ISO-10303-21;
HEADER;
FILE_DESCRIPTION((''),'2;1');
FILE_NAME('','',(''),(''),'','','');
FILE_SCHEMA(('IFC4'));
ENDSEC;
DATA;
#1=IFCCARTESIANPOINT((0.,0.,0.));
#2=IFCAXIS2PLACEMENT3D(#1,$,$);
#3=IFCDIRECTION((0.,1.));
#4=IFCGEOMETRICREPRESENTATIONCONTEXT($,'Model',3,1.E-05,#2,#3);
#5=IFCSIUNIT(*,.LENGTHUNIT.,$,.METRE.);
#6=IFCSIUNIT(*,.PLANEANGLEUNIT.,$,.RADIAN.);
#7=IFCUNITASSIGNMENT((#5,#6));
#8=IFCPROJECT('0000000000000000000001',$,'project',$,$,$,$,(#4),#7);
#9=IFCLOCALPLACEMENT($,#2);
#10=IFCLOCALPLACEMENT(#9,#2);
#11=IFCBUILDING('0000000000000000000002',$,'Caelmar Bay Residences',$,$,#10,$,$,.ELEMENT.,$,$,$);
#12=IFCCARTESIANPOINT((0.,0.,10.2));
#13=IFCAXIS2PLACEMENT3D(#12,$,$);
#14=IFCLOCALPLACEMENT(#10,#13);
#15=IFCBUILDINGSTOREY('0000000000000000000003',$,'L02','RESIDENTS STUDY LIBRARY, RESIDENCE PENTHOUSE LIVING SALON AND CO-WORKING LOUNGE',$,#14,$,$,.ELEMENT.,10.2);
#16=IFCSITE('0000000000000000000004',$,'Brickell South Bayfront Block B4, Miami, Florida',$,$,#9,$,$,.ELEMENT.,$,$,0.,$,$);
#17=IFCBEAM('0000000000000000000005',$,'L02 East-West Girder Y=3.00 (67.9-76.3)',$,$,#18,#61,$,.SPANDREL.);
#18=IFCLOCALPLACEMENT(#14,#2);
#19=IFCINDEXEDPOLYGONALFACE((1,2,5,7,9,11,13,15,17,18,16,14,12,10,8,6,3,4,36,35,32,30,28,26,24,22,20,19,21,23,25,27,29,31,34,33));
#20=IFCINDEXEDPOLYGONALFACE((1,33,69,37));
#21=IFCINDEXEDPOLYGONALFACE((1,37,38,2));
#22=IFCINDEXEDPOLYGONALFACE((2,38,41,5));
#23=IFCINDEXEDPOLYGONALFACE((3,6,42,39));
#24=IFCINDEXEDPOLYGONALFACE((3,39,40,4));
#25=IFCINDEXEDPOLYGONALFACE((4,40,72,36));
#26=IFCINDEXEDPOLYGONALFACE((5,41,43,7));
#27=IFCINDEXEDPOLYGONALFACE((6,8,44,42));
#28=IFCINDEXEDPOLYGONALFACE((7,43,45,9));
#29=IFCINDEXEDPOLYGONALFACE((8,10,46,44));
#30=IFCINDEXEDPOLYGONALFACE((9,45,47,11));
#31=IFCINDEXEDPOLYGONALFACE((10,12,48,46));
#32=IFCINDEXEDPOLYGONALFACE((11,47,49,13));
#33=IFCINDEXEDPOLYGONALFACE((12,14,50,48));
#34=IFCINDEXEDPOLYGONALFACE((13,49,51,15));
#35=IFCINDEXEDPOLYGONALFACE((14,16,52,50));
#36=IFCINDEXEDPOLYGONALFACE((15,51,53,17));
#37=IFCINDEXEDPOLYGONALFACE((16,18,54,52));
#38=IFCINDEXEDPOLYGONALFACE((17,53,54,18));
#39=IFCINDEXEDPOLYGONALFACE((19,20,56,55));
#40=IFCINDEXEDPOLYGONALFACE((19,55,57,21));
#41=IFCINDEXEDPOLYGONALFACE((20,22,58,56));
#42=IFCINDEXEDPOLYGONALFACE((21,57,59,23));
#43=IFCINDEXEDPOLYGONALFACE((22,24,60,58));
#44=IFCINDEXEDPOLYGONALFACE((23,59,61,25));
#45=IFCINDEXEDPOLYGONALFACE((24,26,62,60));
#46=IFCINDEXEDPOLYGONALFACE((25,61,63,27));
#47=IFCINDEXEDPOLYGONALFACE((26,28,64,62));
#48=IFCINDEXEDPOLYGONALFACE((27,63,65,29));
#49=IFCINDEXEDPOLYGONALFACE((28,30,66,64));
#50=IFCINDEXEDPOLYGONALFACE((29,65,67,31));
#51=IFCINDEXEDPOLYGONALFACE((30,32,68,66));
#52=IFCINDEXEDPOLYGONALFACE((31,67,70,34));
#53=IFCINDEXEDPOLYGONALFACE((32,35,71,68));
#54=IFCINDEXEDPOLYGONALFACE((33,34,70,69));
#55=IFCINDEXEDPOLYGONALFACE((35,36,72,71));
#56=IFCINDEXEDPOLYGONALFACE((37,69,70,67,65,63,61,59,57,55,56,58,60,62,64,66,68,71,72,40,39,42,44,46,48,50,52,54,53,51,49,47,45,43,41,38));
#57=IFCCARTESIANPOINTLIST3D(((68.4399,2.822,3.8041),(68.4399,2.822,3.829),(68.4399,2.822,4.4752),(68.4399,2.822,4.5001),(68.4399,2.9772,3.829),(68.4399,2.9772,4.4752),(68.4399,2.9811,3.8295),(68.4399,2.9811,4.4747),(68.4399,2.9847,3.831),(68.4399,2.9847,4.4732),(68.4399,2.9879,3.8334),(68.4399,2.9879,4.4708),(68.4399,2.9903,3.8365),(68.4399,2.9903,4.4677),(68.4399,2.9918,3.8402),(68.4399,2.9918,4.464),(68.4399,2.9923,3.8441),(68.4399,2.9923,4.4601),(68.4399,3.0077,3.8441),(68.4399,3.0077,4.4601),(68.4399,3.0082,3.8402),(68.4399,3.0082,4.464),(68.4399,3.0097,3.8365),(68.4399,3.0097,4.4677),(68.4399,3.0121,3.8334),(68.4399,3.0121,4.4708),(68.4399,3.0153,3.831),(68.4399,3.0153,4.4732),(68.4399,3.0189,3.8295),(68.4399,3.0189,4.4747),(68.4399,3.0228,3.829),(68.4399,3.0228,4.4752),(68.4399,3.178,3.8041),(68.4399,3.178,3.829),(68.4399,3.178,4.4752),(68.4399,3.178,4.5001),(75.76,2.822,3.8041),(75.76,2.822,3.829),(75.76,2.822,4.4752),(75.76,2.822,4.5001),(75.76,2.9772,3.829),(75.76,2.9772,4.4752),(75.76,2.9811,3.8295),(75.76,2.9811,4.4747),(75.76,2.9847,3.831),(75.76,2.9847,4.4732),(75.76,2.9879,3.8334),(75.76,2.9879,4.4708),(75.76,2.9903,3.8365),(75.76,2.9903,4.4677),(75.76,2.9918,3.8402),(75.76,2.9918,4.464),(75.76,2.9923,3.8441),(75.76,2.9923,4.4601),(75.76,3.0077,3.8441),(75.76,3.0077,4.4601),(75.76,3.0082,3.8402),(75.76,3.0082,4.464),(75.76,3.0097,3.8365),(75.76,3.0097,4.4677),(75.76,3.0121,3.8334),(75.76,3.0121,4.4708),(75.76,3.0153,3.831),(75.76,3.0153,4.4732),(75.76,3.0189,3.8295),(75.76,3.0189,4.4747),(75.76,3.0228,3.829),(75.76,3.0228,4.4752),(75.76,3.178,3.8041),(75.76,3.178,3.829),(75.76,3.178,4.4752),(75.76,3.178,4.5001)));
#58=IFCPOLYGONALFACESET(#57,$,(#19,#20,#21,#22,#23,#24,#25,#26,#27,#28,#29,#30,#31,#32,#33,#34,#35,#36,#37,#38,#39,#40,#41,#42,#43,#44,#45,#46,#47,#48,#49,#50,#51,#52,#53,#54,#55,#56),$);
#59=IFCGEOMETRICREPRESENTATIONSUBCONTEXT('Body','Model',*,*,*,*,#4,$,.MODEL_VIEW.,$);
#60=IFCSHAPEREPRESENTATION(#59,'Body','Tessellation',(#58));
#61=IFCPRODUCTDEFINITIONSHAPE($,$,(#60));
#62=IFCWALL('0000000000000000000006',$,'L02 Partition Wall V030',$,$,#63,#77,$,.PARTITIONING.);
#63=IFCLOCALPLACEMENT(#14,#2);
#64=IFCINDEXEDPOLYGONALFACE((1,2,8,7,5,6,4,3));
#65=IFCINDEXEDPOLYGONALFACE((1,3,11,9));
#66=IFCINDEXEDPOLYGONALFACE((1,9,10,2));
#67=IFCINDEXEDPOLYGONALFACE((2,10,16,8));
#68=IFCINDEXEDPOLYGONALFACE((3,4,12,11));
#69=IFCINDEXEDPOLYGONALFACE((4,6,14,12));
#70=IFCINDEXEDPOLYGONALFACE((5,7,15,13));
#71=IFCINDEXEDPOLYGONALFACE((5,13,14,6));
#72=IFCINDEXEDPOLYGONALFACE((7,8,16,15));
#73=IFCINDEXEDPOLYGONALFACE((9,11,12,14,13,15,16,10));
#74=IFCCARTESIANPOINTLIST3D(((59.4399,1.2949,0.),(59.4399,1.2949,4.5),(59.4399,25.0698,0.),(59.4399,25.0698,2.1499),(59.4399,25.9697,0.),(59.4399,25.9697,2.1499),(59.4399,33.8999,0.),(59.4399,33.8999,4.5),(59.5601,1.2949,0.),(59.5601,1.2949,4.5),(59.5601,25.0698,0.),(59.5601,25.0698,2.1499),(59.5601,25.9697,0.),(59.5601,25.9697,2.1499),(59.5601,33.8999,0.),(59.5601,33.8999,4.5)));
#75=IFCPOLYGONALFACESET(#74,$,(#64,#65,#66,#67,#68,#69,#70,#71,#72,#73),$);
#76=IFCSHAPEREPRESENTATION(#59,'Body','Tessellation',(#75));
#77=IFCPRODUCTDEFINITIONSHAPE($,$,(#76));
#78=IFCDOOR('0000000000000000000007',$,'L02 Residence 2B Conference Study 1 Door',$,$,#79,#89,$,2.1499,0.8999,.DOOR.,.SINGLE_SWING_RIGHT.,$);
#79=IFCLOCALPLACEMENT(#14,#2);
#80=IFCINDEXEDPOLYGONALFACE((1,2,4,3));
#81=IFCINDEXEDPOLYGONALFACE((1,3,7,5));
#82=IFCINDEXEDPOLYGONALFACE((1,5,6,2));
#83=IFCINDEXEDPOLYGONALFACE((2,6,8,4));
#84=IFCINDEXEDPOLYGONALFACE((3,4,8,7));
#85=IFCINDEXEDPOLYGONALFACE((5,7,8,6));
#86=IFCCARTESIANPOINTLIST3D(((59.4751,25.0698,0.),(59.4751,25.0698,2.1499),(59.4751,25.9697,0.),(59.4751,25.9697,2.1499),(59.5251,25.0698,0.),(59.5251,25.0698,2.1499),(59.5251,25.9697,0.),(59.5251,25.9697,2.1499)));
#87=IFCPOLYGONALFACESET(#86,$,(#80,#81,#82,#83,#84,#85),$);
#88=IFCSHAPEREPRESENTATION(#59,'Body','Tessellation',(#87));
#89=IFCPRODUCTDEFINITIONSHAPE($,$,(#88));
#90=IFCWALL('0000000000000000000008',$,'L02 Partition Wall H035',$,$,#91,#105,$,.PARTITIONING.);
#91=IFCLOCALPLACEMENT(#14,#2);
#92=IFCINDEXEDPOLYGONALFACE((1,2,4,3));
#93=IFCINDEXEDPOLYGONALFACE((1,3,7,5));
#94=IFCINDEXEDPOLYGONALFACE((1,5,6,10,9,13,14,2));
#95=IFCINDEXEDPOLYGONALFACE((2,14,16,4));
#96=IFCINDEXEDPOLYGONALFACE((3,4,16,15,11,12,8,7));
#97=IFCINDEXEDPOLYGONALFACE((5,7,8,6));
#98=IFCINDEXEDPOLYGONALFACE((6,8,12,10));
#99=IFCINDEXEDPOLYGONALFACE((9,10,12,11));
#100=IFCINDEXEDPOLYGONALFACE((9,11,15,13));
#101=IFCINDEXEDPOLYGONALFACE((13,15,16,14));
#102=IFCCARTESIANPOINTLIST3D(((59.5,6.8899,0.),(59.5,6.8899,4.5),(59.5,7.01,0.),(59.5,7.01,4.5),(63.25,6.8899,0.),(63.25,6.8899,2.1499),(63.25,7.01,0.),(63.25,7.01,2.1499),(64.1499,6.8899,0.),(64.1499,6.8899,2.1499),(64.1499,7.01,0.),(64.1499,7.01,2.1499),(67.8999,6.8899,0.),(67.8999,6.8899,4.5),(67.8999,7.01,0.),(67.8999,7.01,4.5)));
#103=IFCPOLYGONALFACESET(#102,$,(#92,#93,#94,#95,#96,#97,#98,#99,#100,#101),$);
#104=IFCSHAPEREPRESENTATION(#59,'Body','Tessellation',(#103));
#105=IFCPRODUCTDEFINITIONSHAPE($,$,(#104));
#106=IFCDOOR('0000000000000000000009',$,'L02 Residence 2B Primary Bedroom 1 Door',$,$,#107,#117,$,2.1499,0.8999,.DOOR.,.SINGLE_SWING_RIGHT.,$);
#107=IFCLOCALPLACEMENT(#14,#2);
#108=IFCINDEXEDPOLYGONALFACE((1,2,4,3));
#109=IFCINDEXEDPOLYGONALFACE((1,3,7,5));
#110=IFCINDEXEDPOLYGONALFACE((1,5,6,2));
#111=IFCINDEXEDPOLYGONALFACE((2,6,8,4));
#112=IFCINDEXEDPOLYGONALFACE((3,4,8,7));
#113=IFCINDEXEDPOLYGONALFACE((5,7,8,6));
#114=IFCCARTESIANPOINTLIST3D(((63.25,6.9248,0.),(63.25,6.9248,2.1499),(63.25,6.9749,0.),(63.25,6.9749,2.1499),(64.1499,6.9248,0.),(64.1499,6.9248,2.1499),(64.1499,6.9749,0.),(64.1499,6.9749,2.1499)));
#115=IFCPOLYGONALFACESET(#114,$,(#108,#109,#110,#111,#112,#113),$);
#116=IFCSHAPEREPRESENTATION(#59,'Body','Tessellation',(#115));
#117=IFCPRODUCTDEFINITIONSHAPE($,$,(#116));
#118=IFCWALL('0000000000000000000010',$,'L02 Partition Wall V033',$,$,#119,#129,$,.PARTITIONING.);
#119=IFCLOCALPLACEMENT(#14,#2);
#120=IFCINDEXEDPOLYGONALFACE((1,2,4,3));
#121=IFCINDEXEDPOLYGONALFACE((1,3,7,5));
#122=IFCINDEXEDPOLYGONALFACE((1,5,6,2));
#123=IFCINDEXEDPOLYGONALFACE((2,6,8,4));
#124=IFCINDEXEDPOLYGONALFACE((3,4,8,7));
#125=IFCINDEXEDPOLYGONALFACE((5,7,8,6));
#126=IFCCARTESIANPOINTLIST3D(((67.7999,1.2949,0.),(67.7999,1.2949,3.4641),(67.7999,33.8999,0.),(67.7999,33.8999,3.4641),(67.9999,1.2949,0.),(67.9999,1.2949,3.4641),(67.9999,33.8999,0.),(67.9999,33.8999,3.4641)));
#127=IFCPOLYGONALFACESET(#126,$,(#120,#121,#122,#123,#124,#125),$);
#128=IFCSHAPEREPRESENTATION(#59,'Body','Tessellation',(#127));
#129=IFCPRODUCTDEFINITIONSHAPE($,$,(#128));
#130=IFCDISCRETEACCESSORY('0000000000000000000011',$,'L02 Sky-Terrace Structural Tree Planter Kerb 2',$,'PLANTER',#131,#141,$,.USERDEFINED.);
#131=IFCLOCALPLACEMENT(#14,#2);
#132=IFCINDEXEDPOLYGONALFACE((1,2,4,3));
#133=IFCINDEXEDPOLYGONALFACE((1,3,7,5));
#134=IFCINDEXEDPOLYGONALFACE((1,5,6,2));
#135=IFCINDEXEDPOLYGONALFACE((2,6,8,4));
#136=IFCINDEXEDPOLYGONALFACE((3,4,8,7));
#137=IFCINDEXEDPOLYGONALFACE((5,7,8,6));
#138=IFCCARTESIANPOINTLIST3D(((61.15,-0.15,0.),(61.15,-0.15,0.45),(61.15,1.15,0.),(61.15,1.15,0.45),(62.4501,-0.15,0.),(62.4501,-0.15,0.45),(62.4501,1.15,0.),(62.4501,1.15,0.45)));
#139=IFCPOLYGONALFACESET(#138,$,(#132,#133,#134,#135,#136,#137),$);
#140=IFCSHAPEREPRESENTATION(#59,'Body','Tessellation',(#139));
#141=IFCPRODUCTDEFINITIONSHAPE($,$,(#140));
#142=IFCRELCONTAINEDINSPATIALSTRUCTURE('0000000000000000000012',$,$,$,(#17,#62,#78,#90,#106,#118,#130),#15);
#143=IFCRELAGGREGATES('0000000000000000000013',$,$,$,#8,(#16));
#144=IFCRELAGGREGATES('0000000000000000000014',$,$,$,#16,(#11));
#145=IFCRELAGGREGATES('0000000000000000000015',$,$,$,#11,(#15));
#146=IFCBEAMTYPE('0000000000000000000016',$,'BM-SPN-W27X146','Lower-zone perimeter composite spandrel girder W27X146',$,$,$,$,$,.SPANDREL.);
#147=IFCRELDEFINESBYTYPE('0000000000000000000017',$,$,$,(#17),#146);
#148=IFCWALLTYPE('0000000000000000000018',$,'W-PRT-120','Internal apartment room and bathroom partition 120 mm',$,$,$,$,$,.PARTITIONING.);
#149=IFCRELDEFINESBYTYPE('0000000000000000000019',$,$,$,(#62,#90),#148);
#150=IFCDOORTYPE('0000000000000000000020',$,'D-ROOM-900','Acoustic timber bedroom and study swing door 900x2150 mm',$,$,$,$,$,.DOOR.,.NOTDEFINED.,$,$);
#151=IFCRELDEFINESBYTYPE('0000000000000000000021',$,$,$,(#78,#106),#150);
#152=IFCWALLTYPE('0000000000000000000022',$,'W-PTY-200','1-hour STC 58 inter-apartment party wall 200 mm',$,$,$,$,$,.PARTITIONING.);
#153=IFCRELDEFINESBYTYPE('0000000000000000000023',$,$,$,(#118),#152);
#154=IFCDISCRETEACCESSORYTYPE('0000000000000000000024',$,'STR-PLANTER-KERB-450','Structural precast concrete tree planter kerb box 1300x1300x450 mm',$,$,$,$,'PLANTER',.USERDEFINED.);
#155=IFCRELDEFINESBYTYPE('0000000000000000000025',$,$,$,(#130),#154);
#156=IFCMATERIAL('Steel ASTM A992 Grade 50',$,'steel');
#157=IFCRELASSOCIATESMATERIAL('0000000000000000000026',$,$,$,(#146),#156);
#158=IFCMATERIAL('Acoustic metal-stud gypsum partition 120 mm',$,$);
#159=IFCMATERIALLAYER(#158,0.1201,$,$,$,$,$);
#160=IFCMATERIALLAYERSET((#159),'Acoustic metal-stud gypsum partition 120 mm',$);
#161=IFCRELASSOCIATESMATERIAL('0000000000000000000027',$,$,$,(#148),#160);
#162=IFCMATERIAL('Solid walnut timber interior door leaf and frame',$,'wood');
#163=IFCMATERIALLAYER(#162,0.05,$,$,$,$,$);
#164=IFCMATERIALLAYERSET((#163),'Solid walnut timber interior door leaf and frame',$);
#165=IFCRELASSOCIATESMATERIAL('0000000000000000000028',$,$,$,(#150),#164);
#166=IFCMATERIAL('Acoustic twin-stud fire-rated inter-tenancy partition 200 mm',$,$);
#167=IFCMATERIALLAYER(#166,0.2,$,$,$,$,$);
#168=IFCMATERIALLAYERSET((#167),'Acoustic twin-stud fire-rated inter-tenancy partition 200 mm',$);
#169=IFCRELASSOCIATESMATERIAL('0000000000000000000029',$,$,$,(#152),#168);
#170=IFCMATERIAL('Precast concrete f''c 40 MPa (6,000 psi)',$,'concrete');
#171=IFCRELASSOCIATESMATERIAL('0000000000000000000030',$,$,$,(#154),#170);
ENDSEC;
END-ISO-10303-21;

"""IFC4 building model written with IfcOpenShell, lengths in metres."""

from ifc_helpers import new_model, si_unit, direction, frame, frame_2d, origin, origin_2d, place, context, subcontext, project, spatial, rectangle, i_section, extrude, material, layer, layer_set, material_profile, profile_set, type_object, element, fill, save


model = new_model("IFC4")

# Units and contexts
model_context = context("Model", 3, precision=1e-05, world=origin(), true_north=direction((0.0, 1.0)))
body_context = subcontext(model_context, "Body", "Model", "MODEL_VIEW")
ifc_project = project(units=[si_unit("LENGTHUNIT", "METRE"), si_unit("PLANEANGLEUNIT", "RADIAN")], contexts=[model_context])

# Site, building, storey
site_placement = place(None, origin())
site = spatial("IfcSite", under=ifc_project, at=site_placement, Name="Brickell South Bayfront Block B4, Miami, Florida", CompositionType="ELEMENT", RefElevation=0.0)
building_placement = place(site_placement, origin())
building = spatial("IfcBuilding", under=site, at=building_placement, Name="Caelmar Bay Residences", CompositionType="ELEMENT")
storey_placement = place(building_placement, frame((0.0, 0.0, 10.2)))
storey = spatial("IfcBuildingStorey", under=building, at=storey_placement, Name="L02", Description="RESIDENTS STUDY LIBRARY, RESIDENCE PENTHOUSE LIVING SALON AND CO-WORKING LOUNGE", CompositionType="ELEMENT", Elevation=10.2)

# Beam
ifc_material_1 = material(Name="Steel ASTM A992 Grade 50", Category="steel")
ifc_material_profile_1 = material_profile(ifc_material_1, i_section(OverallWidth=0.356, OverallDepth=0.696, WebThickness=0.0154, FlangeThickness=0.0249, FilletRadius=0.0151, at=origin_2d()), Name="W27X146")
ifc_profile_set_1 = profile_set([ifc_material_profile_1], Name="Steel ASTM A992 Grade 50")
beam_type_1 = type_object("IfcBeamType", Name="BM-SPN-W27X146", Description="Lower-zone perimeter composite spandrel girder W27X146", PredefinedType="SPANDREL", material=ifc_profile_set_1)
beam_1_placement = place(storey_placement, frame((68.4399, 3.0, 4.1521), z_axis=(1.0, 0.0, 0.0), x_axis=(0.0, 1.0, 0.0)))
element("IfcBeam", 1, at=beam_1_placement, inside=storey, type_object=beam_type_1, Name="L02 East-West Girder Y=3.00 (67.9-76.3)", PredefinedType="SPANDREL", context=body_context, shape_type="SweptSolid", body=[
    extrude(i_section(OverallWidth=0.356, OverallDepth=0.696, WebThickness=0.0154, FlangeThickness=0.0249, FilletRadius=0.0151, at=origin_2d()), origin(), (0.0, 0.0, 1.0), 7.3201),
])

# Walls, openings, doors
ifc_material_2 = material(Name="Acoustic metal-stud gypsum partition 120 mm")
ifc_layer_1 = layer(ifc_material_2, 0.1201)
ifc_layer_set_1 = layer_set([ifc_layer_1], Name="Acoustic metal-stud gypsum partition 120 mm")
wall_type_1 = type_object("IfcWallType", Name="W-PRT-120", Description="Internal apartment room and bathroom partition 120 mm", PredefinedType="PARTITIONING", material=ifc_layer_set_1)
wall_1_placement = place(storey_placement, frame((59.5, 1.2949, 0.0), z_axis=(0.0, 0.0, 1.0), x_axis=(0.0, 1.0, 0.0)))
wall_1 = element("IfcWall", 2, at=wall_1_placement, inside=storey, type_object=wall_type_1, Name="L02 Partition Wall V030", PredefinedType="PARTITIONING", context=body_context, shape_type="SweptSolid", body=[
    extrude(rectangle(XDim=32.605, YDim=0.1201, at=frame_2d((16.3025, 0.0))), origin(), (0.0, 0.0, 1.0), 4.5),
])
opening_1_placement = place(wall_1_placement, frame((23.7749, 0.0, 0.0)))
opening_1 = element("IfcOpeningElement", 3, at=opening_1_placement, cuts=wall_1, PredefinedType="OPENING", context=body_context, shape_type="SweptSolid", body=[
    extrude(rectangle(XDim=0.8999, YDim=2.1499, at=frame_2d((0.45, 1.075))), frame((0.0, 0.0701, 0.0), z_axis=(0.0, -1.0, 0.0), x_axis=(1.0, 0.0, 0.0)), (0.0, 0.0, 1.0), 0.1401),
])
ifc_material_3 = material(Name="Solid walnut timber interior door leaf and frame", Category="wood")
ifc_layer_2 = layer(ifc_material_3, 0.05)
ifc_layer_set_2 = layer_set([ifc_layer_2], Name="Solid walnut timber interior door leaf and frame")
door_type = type_object("IfcDoorType", Name="D-ROOM-900", Description="Acoustic timber bedroom and study swing door 900x2150 mm", OperationType="NOTDEFINED", PredefinedType="DOOR", material=ifc_layer_set_2)
door_1_placement = place(opening_1_placement, origin())
door_1 = element("IfcDoor", 4, at=door_1_placement, inside=storey, type_object=door_type, Name="L02 Residence 2B Conference Study 1 Door", OperationType="SINGLE_SWING_RIGHT", OverallHeight=2.1499, OverallWidth=0.8999, PredefinedType="DOOR", context=body_context, shape_type="SweptSolid", body=[
    extrude(rectangle(XDim=0.8999, YDim=2.1499, at=frame_2d((0.45, 1.075))), frame((0.0, 0.0249, 0.0), z_axis=(0.0, -1.0, 0.0), x_axis=(1.0, 0.0, 0.0)), (0.0, 0.0, 1.0), 0.05),
])
fill(opening_1, door_1)
wall_2_placement = place(storey_placement, frame((59.5, 6.95, 0.0), z_axis=(0.0, 0.0, 1.0), x_axis=(1.0, 0.0, 0.0)))
wall_2 = element("IfcWall", 5, at=wall_2_placement, inside=storey, type_object=wall_type_1, Name="L02 Partition Wall H035", PredefinedType="PARTITIONING", context=body_context, shape_type="SweptSolid", body=[
    extrude(rectangle(XDim=8.3999, YDim=0.1201, at=frame_2d((4.2, 0.0))), origin(), (0.0, 0.0, 1.0), 4.5),
])
opening_2_placement = place(wall_2_placement, frame((3.75, 0.0, 0.0)))
opening_2 = element("IfcOpeningElement", 6, at=opening_2_placement, cuts=wall_2, PredefinedType="OPENING", context=body_context, shape_type="SweptSolid", body=[
    extrude(rectangle(XDim=0.8999, YDim=2.1499, at=frame_2d((0.45, 1.075))), frame((0.0, 0.0701, 0.0), z_axis=(0.0, -1.0, 0.0), x_axis=(1.0, 0.0, 0.0)), (0.0, 0.0, 1.0), 0.1401),
])
door_2_placement = place(opening_2_placement, origin())
door_2 = element("IfcDoor", 7, at=door_2_placement, inside=storey, type_object=door_type, Name="L02 Residence 2B Primary Bedroom 1 Door", OperationType="SINGLE_SWING_RIGHT", OverallHeight=2.1499, OverallWidth=0.8999, PredefinedType="DOOR", context=body_context, shape_type="SweptSolid", body=[
    extrude(rectangle(XDim=0.8999, YDim=2.1499, at=frame_2d((0.45, 1.075))), frame((0.0, 0.0249, 0.0), z_axis=(0.0, -1.0, 0.0), x_axis=(1.0, 0.0, 0.0)), (0.0, 0.0, 1.0), 0.05),
])
fill(opening_2, door_2)

# Wall
ifc_material_4 = material(Name="Acoustic twin-stud fire-rated inter-tenancy partition 200 mm")
ifc_layer_3 = layer(ifc_material_4, 0.2)
ifc_layer_set_3 = layer_set([ifc_layer_3], Name="Acoustic twin-stud fire-rated inter-tenancy partition 200 mm")
wall_type_2 = type_object("IfcWallType", Name="W-PTY-200", Description="1-hour STC 58 inter-apartment party wall 200 mm", PredefinedType="PARTITIONING", material=ifc_layer_set_3)
wall_3_placement = place(storey_placement, frame((67.8999, 1.2949, 0.0), z_axis=(0.0, 0.0, 1.0), x_axis=(0.0, 1.0, 0.0)))
element("IfcWall", 8, at=wall_3_placement, inside=storey, type_object=wall_type_2, Name="L02 Partition Wall V033", PredefinedType="PARTITIONING", context=body_context, shape_type="SweptSolid", body=[
    extrude(rectangle(XDim=32.605, YDim=0.2, at=frame_2d((16.3025, 0.0))), origin(), (0.0, 0.0, 1.0), 3.4641),
])

# Discrete accessory
ifc_material_5 = material(Name="Precast concrete f'c 40 MPa (6,000 psi)", Category="concrete")
discrete_accessory_type = type_object("IfcDiscreteAccessoryType", Name="STR-PLANTER-KERB-450", Description="Structural precast concrete tree planter kerb box 1300x1300x450 mm", ElementType="PLANTER", PredefinedType="USERDEFINED", material=ifc_material_5)
discrete_accessory_placement = place(storey_placement, frame((61.8, 0.5, 0.0), z_axis=(0.0, 0.0, 1.0), x_axis=(1.0, 0.0, 0.0)))
element("IfcDiscreteAccessory", 9, at=discrete_accessory_placement, inside=storey, type_object=discrete_accessory_type, Name="L02 Sky-Terrace Structural Tree Planter Kerb 2", ObjectType="PLANTER", PredefinedType="USERDEFINED", context=body_context, shape_type="SweptSolid", body=[
    extrude(rectangle(XDim=1.3, YDim=1.3, at=origin_2d()), origin(), (0.0, 0.0, 1.0), 0.45),
])

save(model, "model.ifc")
